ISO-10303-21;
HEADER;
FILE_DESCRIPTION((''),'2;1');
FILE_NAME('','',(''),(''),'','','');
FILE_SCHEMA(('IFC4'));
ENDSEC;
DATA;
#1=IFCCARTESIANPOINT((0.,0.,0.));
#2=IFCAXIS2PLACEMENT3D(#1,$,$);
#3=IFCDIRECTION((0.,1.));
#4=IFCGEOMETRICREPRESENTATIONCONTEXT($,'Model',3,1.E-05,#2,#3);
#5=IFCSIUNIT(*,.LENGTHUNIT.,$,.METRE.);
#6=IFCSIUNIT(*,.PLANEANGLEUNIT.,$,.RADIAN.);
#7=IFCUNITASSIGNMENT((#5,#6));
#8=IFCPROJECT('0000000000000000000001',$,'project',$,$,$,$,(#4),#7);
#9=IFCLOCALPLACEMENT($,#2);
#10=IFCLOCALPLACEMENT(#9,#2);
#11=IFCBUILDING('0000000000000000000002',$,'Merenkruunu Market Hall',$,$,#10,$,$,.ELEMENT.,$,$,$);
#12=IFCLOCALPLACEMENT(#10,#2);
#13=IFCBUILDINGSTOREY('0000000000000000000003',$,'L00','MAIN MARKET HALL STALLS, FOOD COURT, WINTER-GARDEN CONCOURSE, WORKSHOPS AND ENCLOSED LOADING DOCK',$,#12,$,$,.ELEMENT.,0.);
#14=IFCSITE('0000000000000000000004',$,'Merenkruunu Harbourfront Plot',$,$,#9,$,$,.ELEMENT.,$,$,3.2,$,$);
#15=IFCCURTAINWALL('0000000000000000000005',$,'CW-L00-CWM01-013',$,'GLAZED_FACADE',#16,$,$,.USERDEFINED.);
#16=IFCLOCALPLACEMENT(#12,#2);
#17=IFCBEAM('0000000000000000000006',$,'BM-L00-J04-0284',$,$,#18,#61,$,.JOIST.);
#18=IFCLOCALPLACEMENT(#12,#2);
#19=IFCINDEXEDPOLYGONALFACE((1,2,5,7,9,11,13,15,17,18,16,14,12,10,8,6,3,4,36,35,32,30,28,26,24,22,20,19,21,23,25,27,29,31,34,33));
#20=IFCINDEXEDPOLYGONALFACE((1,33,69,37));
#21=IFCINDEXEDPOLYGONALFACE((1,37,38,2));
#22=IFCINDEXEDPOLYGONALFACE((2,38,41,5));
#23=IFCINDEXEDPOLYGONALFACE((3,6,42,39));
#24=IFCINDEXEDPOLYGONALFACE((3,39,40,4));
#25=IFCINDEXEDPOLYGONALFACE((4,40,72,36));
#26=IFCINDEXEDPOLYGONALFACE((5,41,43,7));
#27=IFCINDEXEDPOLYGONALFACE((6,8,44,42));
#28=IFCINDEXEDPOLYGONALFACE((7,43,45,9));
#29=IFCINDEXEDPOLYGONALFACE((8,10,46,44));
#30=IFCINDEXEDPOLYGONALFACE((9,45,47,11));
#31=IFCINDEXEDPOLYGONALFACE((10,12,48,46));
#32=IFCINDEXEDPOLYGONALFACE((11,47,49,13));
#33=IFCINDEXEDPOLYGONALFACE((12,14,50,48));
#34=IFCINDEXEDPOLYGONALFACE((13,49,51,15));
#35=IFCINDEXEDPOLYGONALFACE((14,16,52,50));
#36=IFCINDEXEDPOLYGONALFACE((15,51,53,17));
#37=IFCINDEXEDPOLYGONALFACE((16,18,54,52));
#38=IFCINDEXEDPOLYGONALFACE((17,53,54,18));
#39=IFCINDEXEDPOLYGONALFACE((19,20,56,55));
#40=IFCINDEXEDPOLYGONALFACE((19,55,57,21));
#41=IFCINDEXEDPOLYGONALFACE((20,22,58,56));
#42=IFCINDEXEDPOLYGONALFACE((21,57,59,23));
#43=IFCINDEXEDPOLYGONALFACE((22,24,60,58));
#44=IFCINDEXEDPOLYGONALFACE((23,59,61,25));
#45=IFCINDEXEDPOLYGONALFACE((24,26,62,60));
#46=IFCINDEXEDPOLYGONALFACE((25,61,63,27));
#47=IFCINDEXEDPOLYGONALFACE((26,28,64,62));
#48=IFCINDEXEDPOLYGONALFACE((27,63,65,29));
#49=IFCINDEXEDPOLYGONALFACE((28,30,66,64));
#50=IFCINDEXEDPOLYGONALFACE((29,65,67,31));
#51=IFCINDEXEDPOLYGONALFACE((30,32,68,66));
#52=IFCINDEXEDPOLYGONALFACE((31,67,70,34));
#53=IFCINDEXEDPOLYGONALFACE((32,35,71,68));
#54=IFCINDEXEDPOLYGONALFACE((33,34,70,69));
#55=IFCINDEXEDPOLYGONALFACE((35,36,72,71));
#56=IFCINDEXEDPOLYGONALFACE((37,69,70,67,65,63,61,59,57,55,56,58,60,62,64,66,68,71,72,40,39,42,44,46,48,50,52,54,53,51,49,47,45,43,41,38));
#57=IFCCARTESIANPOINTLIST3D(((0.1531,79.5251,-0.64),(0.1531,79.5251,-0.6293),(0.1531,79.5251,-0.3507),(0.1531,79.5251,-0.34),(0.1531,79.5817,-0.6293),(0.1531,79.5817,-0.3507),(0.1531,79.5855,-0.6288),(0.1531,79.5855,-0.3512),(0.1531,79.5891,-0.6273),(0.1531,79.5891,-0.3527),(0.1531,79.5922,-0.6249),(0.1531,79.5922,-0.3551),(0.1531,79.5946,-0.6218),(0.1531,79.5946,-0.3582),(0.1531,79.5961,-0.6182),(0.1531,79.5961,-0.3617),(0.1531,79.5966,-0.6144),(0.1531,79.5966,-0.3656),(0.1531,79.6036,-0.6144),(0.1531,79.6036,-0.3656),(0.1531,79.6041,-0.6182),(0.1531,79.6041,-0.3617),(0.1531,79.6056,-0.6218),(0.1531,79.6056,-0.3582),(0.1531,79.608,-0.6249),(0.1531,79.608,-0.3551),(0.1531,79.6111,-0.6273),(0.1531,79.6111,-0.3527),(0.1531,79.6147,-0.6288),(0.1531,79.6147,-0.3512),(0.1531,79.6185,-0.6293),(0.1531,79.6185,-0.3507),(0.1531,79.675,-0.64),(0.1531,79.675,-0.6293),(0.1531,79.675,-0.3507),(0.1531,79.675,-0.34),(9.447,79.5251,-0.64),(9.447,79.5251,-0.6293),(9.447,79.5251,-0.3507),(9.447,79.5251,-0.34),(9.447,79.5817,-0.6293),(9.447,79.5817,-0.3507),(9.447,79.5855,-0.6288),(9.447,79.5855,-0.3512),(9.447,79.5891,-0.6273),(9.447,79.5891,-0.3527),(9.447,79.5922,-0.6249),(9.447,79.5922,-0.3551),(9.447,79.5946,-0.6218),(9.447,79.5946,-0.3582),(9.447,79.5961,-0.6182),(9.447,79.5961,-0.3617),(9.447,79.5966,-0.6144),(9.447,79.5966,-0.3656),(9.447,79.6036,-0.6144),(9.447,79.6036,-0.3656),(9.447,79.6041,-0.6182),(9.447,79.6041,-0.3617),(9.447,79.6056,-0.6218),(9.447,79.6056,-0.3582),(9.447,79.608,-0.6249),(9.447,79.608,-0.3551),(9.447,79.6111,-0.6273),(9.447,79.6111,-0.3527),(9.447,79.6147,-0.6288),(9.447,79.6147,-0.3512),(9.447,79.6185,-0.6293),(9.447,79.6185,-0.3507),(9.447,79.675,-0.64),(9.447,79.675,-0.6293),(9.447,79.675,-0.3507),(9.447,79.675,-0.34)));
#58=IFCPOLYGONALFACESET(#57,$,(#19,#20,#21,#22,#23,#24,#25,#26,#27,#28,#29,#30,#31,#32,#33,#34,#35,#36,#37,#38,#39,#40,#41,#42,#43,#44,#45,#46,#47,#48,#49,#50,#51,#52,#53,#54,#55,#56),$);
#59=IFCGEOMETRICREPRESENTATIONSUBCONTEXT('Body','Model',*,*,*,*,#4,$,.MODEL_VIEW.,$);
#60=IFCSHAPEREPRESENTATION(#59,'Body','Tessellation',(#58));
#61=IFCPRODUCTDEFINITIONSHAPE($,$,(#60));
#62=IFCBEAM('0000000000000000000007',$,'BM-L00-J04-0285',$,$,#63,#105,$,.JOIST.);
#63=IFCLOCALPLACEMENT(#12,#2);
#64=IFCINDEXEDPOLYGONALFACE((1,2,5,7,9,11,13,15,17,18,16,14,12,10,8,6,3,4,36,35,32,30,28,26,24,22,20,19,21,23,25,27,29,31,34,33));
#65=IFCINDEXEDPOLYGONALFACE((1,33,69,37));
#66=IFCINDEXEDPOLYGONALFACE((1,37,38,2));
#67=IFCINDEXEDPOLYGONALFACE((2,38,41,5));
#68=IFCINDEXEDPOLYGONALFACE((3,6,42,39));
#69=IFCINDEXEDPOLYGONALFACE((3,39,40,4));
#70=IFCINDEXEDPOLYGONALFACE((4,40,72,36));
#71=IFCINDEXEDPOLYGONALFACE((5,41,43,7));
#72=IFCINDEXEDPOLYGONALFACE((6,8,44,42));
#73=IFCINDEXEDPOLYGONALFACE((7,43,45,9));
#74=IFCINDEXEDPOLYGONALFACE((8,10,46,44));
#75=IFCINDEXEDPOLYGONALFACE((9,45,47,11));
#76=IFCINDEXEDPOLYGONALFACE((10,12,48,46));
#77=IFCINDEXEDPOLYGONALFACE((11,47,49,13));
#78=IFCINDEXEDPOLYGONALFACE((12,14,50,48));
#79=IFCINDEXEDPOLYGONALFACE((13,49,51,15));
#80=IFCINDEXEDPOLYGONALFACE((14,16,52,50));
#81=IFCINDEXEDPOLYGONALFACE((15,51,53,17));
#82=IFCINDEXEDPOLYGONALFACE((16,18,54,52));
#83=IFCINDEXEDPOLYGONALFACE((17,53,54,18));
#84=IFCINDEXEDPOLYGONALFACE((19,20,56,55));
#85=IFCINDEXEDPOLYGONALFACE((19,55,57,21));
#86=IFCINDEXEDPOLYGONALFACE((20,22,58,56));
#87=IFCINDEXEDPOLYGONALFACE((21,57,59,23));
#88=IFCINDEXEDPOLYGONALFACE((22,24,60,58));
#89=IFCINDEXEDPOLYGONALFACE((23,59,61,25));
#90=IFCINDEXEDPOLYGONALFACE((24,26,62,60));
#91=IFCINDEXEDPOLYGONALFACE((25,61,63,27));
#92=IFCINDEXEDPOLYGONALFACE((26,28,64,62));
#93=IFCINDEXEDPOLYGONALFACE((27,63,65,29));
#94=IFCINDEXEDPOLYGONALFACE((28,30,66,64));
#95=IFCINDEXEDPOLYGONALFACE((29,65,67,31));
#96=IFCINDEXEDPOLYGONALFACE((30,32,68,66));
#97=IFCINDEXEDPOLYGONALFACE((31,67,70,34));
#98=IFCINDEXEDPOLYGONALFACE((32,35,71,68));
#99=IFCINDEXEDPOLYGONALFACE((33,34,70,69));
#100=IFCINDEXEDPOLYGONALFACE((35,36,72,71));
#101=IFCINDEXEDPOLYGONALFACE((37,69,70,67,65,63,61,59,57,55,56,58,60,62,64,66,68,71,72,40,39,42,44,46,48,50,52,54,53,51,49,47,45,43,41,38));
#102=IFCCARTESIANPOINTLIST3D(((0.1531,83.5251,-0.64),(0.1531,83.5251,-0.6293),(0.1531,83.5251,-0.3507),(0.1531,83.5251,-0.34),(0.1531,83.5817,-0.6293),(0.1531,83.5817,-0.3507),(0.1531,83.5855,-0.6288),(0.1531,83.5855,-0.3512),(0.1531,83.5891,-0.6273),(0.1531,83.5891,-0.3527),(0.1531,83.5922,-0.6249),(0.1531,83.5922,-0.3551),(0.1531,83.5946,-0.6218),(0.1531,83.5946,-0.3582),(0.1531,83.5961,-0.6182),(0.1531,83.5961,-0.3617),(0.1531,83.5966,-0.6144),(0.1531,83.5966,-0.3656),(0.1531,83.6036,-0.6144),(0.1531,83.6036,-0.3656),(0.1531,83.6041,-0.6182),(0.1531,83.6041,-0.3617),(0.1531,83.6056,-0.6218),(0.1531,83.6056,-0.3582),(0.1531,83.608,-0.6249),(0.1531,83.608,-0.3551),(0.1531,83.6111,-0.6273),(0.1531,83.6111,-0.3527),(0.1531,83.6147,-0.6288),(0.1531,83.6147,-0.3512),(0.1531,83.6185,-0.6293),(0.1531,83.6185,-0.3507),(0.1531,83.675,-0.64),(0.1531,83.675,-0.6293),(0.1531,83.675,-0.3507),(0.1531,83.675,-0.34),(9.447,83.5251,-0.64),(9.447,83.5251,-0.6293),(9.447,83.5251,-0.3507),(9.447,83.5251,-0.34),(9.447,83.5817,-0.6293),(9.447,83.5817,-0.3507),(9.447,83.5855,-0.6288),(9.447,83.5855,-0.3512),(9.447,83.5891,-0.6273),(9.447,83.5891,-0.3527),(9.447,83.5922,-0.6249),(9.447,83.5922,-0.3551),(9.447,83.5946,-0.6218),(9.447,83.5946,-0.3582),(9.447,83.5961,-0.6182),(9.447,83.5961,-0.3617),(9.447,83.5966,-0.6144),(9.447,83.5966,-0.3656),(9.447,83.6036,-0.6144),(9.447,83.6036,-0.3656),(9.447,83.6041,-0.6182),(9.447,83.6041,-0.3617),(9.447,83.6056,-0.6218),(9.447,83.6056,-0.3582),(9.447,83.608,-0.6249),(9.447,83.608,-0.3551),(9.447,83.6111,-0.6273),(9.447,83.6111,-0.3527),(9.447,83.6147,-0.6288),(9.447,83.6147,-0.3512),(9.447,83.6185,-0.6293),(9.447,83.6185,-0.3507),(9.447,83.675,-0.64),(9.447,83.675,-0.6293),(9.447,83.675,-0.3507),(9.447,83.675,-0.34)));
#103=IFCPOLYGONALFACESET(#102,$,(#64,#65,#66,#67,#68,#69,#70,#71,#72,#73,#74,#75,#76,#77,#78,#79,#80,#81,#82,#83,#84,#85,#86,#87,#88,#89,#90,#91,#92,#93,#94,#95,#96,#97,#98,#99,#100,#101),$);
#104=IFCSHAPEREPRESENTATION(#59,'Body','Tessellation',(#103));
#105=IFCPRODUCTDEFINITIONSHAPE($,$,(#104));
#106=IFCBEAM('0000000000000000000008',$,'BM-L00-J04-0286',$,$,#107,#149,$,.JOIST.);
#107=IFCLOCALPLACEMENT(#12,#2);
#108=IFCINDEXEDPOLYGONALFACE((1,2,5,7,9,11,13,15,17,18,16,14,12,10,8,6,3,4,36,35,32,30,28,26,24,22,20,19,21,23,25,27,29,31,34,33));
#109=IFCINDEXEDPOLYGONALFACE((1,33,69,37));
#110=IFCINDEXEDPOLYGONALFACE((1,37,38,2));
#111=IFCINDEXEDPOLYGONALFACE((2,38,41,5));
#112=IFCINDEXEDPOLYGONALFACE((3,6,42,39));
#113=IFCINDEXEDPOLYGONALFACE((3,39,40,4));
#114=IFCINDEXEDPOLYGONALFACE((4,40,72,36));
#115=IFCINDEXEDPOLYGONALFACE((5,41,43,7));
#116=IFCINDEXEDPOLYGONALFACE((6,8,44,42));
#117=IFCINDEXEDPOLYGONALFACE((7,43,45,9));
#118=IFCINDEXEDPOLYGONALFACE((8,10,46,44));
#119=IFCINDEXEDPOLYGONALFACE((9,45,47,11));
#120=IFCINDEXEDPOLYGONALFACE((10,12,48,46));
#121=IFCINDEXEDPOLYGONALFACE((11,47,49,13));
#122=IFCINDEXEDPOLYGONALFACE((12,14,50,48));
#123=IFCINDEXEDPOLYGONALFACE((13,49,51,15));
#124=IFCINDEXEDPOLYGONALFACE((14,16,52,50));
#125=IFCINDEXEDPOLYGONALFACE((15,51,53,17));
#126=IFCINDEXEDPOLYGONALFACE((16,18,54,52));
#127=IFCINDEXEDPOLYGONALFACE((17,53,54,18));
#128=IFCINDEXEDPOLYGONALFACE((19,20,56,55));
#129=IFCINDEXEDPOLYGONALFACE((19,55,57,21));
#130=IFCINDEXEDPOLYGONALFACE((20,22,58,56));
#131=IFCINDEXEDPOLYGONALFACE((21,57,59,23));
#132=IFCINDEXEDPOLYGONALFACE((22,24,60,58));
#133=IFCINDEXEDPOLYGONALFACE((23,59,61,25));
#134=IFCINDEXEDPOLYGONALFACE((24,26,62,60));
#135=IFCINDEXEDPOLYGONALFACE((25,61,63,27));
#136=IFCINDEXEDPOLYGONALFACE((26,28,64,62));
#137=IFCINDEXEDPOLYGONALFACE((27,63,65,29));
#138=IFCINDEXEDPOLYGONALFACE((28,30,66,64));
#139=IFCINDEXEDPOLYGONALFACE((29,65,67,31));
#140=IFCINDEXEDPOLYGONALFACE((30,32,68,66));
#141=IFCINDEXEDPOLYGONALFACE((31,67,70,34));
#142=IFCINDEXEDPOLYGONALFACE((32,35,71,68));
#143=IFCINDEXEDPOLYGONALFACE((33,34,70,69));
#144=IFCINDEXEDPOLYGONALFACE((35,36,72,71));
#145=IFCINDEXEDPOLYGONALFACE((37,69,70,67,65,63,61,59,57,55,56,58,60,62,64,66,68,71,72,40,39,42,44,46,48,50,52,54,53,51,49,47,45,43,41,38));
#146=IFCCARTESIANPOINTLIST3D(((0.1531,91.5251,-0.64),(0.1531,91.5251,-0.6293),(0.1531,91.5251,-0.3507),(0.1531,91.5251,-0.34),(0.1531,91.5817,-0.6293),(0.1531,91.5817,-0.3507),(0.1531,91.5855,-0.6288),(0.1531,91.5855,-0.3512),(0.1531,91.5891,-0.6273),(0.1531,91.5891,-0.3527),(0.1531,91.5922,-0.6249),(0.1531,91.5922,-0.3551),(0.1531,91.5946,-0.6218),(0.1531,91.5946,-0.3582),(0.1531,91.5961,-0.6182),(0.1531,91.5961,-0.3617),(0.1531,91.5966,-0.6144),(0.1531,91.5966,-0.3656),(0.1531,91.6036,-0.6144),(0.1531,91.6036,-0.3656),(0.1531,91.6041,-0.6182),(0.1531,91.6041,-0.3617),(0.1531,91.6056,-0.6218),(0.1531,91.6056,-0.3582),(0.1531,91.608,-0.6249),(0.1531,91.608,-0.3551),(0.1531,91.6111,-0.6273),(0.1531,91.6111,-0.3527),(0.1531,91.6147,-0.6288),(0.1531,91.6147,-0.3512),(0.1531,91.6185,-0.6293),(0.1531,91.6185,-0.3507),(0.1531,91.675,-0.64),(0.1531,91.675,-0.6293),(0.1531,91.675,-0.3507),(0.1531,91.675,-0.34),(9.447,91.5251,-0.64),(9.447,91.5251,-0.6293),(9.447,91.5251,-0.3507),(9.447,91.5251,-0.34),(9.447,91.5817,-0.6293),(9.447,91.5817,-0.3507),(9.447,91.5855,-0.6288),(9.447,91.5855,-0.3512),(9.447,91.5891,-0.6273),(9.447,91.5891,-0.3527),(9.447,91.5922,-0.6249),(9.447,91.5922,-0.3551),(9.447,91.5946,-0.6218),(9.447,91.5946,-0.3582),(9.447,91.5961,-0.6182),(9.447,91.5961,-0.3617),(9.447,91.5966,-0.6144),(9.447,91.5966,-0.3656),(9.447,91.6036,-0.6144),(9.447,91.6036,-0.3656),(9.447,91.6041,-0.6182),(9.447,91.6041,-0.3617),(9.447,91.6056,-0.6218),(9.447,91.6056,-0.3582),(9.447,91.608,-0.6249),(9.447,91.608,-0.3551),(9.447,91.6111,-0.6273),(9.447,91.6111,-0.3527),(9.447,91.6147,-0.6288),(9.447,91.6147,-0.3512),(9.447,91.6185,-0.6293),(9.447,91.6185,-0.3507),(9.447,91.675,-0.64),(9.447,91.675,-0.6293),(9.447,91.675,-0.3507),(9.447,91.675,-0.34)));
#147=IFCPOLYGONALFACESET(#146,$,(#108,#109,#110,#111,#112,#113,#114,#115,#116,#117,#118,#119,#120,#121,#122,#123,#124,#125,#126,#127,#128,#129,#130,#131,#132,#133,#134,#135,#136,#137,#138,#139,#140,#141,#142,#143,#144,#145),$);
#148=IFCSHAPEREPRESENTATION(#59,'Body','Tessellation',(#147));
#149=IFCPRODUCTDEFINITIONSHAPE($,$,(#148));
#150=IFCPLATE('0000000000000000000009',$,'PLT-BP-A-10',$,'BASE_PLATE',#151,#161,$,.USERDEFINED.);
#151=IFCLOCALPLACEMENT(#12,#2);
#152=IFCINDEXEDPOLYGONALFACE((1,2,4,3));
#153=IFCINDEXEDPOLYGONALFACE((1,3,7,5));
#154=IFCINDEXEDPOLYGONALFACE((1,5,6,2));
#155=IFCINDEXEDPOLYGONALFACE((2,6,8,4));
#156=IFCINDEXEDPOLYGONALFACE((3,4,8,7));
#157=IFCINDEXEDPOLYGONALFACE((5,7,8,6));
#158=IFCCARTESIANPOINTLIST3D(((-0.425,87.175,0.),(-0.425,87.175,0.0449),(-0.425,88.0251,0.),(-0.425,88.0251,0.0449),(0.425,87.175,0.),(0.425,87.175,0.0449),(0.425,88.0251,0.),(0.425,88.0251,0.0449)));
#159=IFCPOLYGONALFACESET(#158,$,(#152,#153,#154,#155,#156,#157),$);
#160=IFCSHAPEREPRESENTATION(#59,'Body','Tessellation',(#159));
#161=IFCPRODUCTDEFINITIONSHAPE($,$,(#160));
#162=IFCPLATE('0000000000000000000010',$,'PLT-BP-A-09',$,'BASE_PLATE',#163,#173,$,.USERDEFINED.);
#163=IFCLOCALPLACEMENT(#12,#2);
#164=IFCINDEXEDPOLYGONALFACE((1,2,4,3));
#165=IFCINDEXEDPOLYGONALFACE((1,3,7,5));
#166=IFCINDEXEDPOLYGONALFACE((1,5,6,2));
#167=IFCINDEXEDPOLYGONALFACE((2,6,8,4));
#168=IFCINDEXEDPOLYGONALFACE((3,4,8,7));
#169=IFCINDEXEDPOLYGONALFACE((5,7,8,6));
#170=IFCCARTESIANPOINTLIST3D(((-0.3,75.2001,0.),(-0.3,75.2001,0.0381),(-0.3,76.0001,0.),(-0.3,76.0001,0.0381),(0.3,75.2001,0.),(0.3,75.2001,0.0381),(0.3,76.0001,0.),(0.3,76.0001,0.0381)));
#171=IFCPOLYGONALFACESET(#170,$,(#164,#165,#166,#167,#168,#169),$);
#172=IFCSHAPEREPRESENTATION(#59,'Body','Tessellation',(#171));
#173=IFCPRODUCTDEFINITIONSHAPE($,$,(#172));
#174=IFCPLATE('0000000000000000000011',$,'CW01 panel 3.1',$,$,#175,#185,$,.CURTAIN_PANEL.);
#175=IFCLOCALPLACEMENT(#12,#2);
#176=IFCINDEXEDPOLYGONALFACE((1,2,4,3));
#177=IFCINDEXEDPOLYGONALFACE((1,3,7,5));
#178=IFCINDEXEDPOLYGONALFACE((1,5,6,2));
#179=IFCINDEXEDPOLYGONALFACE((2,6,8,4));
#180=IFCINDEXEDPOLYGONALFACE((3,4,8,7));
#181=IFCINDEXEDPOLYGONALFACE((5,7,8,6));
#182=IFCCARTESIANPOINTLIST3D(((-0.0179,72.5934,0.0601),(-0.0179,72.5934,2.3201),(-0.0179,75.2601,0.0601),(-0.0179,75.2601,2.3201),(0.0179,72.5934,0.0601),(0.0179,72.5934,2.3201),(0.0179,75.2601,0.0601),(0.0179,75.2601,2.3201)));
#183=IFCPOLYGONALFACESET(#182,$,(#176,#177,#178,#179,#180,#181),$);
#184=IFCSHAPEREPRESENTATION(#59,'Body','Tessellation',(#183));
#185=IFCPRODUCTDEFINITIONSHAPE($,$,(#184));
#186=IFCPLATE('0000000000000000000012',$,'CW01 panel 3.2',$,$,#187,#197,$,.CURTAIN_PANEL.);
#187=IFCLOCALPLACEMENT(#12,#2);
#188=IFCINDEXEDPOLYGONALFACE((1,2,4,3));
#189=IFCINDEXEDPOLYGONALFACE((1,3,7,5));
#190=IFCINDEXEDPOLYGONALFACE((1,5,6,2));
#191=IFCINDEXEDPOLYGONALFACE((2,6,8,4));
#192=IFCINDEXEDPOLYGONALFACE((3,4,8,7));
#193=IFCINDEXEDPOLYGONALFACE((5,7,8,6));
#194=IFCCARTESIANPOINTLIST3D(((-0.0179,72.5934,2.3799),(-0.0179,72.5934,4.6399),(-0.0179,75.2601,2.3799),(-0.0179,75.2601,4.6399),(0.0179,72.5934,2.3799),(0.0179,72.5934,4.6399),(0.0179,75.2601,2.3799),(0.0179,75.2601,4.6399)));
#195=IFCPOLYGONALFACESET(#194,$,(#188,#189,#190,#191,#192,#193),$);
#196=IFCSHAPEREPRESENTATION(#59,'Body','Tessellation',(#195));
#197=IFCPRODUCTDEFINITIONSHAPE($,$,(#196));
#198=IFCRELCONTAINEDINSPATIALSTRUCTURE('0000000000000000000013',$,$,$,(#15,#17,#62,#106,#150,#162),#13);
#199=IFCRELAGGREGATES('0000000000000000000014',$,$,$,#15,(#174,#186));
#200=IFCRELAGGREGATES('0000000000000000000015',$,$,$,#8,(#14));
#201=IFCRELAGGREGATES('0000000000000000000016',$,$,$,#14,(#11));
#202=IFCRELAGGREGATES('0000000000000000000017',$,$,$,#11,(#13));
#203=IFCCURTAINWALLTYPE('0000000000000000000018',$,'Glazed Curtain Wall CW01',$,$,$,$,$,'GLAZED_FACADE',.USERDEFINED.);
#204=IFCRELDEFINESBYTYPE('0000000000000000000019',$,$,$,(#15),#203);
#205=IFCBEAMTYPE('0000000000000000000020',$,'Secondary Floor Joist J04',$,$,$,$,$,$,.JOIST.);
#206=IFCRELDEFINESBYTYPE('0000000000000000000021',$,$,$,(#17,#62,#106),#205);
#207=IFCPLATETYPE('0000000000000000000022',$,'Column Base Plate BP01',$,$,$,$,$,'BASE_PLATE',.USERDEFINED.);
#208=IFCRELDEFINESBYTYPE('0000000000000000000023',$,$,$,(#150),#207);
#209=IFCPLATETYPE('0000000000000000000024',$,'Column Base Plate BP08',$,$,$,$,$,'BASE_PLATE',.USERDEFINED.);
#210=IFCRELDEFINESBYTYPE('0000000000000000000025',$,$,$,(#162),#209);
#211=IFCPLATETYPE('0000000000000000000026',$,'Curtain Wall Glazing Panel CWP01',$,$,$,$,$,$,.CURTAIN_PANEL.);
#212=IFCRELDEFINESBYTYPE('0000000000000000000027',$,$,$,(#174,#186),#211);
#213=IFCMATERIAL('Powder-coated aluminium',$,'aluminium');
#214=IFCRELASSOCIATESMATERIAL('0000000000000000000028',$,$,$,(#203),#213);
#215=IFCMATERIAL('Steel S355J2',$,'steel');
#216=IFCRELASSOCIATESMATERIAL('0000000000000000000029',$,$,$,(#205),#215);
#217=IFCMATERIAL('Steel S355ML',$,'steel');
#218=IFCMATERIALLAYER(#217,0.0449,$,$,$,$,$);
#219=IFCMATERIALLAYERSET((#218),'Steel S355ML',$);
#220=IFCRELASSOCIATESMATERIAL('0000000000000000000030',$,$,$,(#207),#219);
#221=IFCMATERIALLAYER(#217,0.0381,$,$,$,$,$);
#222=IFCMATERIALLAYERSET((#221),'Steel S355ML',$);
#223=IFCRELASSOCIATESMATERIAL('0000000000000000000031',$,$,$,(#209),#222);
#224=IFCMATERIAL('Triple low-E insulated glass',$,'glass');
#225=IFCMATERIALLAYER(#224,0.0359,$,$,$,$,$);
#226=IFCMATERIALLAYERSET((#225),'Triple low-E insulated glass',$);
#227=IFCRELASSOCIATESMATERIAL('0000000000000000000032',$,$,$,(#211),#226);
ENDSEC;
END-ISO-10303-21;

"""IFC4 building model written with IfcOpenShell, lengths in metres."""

from ifc_helpers import new_model, si_unit, direction, frame, origin, origin_2d, place, context, subcontext, project, spatial, rectangle, i_section, extrude, material, layer, layer_set, material_profile, profile_set, type_object, element, aggregate, save


model = new_model("IFC4")

# Units and contexts
model_context = context("Model", 3, precision=1e-05, world=origin(), true_north=direction((0.0, 1.0)))
body_context = subcontext(model_context, "Body", "Model", "MODEL_VIEW")
ifc_project = project(units=[si_unit("LENGTHUNIT", "METRE"), si_unit("PLANEANGLEUNIT", "RADIAN")], contexts=[model_context])

# Site, building, storey
site_placement = place(None, origin())
site = spatial("IfcSite", under=ifc_project, at=site_placement, Name="Merenkruunu Harbourfront Plot", CompositionType="ELEMENT", RefElevation=3.2)
building_placement = place(site_placement, origin())
building = spatial("IfcBuilding", under=site, at=building_placement, Name="Merenkruunu Market Hall", CompositionType="ELEMENT")
storey_placement = place(building_placement, origin())
storey = spatial("IfcBuildingStorey", under=building, at=storey_placement, Name="L00", Description="MAIN MARKET HALL STALLS, FOOD COURT, WINTER-GARDEN CONCOURSE, WORKSHOPS AND ENCLOSED LOADING DOCK", CompositionType="ELEMENT", Elevation=0.0)

# Shared definitions
ifc_material_1 = material(Name="Steel S355ML", Category="steel")

# Curtain wall
ifc_material_2 = material(Name="Powder-coated aluminium", Category="aluminium")
curtain_wall_type = type_object("IfcCurtainWallType", Name="Glazed Curtain Wall CW01", ElementType="GLAZED_FACADE", PredefinedType="USERDEFINED", material=ifc_material_2)
curtain_wall_placement = place(storey_placement, origin())
curtain_wall = element("IfcCurtainWall", 1, at=curtain_wall_placement, inside=storey, type_object=curtain_wall_type, Name="CW-L00-CWM01-013", ObjectType="GLAZED_FACADE", PredefinedType="USERDEFINED")

# Beams
ifc_material_3 = material(Name="Steel S355J2", Category="steel")
ifc_material_profile_1 = material_profile(ifc_material_3, i_section(OverallWidth=0.1499, OverallDepth=0.3, WebThickness=0.0071, FlangeThickness=0.0107, FilletRadius=0.0149, at=origin_2d()), Name="IPE 300")
ifc_profile_set_1 = profile_set([ifc_material_profile_1], Name="Steel S355J2")
beam_type_1 = type_object("IfcBeamType", Name="Secondary Floor Joist J04", PredefinedType="JOIST", material=ifc_profile_set_1)
for number, where, z_axis, x_axis, name in (
    (2, (0.1531, 79.6001, -0.49), (1.0, 0.0, 0.0), (0.0, 1.0, 0.0), "BM-L00-J04-0284"),
    (3, (0.1531, 83.6001, -0.49), (1.0, 0.0, 0.0), (0.0, 1.0, 0.0), "BM-L00-J04-0285"),
    (4, (0.1531, 91.6001, -0.49), (1.0, 0.0, 0.0), (0.0, 1.0, 0.0), "BM-L00-J04-0286"),
):
    element("IfcBeam", number, at=place(storey_placement, frame(where, z_axis=z_axis, x_axis=x_axis)), inside=storey, type_object=beam_type_1, Name=name, PredefinedType="JOIST", context=body_context, shape_type="SweptSolid", body=[
        extrude(i_section(OverallWidth=0.1499, OverallDepth=0.3, WebThickness=0.0071, FlangeThickness=0.0107, FilletRadius=0.0149, at=origin_2d()), origin(), (0.0, 0.0, 1.0), 9.2939),
    ])

# Plates
ifc_layer_1 = layer(ifc_material_1, 0.0449)
ifc_layer_set_1 = layer_set([ifc_layer_1], Name="Steel S355ML")
plate_type_1 = type_object("IfcPlateType", Name="Column Base Plate BP01", ElementType="BASE_PLATE", PredefinedType="USERDEFINED", material=ifc_layer_set_1)
plate_1_placement = place(storey_placement, frame((0.0, 87.6001, 0.0), z_axis=(0.0, 0.0, 1.0), x_axis=(1.0, 0.0, 0.0)))
element("IfcPlate", 5, at=plate_1_placement, inside=storey, type_object=plate_type_1, Name="PLT-BP-A-10", ObjectType="BASE_PLATE", PredefinedType="USERDEFINED", context=body_context, shape_type="SweptSolid", body=[
    extrude(rectangle(XDim=0.8501, YDim=0.8501, at=origin_2d()), origin(), (0.0, 0.0, 1.0), 0.0449),
])
ifc_layer_2 = layer(ifc_material_1, 0.0381)
ifc_layer_set_2 = layer_set([ifc_layer_2], Name="Steel S355ML")
plate_type_2 = type_object("IfcPlateType", Name="Column Base Plate BP08", ElementType="BASE_PLATE", PredefinedType="USERDEFINED", material=ifc_layer_set_2)
plate_2_placement = place(storey_placement, frame((0.0, 75.6001, 0.0), z_axis=(0.0, 0.0, 1.0), x_axis=(1.0, 0.0, 0.0)))
element("IfcPlate", 6, at=plate_2_placement, inside=storey, type_object=plate_type_2, Name="PLT-BP-A-09", ObjectType="BASE_PLATE", PredefinedType="USERDEFINED", context=body_context, shape_type="SweptSolid", body=[
    extrude(rectangle(XDim=0.6001, YDim=0.8, at=origin_2d()), origin(), (0.0, 0.0, 1.0), 0.0381),
])

# Plates
ifc_material_4 = material(Name="Triple low-E insulated glass", Category="glass")
ifc_layer_3 = layer(ifc_material_4, 0.0359)
ifc_layer_set_3 = layer_set([ifc_layer_3], Name="Triple low-E insulated glass")
plate_type_3 = type_object("IfcPlateType", Name="Curtain Wall Glazing Panel CWP01", PredefinedType="CURTAIN_PANEL", material=ifc_layer_set_3)
plate_3_placement = place(storey_placement, frame((0.0, 73.9268, 0.0601), z_axis=(0.0, 0.0, 1.0), x_axis=(0.0, 1.0, 0.0)))
plate_3 = element("IfcPlate", 7, at=plate_3_placement, type_object=plate_type_3, Name="CW01 panel 3.1", PredefinedType="CURTAIN_PANEL", context=body_context, shape_type="SweptSolid", body=[
    extrude(rectangle(XDim=2.6667, YDim=0.0359, at=origin_2d()), origin(), (0.0, 0.0, 1.0), 2.26),
])
plate_4_placement = place(storey_placement, frame((0.0, 73.9268, 2.3799), z_axis=(0.0, 0.0, 1.0), x_axis=(0.0, 1.0, 0.0)))
plate_4 = element("IfcPlate", 8, at=plate_4_placement, type_object=plate_type_3, Name="CW01 panel 3.2", PredefinedType="CURTAIN_PANEL", context=body_context, shape_type="SweptSolid", body=[
    extrude(rectangle(XDim=2.6667, YDim=0.0359, at=origin_2d()), origin(), (0.0, 0.0, 1.0), 2.26),
])
aggregate(curtain_wall, [plate_3, plate_4])

save(model, "model.ifc")
